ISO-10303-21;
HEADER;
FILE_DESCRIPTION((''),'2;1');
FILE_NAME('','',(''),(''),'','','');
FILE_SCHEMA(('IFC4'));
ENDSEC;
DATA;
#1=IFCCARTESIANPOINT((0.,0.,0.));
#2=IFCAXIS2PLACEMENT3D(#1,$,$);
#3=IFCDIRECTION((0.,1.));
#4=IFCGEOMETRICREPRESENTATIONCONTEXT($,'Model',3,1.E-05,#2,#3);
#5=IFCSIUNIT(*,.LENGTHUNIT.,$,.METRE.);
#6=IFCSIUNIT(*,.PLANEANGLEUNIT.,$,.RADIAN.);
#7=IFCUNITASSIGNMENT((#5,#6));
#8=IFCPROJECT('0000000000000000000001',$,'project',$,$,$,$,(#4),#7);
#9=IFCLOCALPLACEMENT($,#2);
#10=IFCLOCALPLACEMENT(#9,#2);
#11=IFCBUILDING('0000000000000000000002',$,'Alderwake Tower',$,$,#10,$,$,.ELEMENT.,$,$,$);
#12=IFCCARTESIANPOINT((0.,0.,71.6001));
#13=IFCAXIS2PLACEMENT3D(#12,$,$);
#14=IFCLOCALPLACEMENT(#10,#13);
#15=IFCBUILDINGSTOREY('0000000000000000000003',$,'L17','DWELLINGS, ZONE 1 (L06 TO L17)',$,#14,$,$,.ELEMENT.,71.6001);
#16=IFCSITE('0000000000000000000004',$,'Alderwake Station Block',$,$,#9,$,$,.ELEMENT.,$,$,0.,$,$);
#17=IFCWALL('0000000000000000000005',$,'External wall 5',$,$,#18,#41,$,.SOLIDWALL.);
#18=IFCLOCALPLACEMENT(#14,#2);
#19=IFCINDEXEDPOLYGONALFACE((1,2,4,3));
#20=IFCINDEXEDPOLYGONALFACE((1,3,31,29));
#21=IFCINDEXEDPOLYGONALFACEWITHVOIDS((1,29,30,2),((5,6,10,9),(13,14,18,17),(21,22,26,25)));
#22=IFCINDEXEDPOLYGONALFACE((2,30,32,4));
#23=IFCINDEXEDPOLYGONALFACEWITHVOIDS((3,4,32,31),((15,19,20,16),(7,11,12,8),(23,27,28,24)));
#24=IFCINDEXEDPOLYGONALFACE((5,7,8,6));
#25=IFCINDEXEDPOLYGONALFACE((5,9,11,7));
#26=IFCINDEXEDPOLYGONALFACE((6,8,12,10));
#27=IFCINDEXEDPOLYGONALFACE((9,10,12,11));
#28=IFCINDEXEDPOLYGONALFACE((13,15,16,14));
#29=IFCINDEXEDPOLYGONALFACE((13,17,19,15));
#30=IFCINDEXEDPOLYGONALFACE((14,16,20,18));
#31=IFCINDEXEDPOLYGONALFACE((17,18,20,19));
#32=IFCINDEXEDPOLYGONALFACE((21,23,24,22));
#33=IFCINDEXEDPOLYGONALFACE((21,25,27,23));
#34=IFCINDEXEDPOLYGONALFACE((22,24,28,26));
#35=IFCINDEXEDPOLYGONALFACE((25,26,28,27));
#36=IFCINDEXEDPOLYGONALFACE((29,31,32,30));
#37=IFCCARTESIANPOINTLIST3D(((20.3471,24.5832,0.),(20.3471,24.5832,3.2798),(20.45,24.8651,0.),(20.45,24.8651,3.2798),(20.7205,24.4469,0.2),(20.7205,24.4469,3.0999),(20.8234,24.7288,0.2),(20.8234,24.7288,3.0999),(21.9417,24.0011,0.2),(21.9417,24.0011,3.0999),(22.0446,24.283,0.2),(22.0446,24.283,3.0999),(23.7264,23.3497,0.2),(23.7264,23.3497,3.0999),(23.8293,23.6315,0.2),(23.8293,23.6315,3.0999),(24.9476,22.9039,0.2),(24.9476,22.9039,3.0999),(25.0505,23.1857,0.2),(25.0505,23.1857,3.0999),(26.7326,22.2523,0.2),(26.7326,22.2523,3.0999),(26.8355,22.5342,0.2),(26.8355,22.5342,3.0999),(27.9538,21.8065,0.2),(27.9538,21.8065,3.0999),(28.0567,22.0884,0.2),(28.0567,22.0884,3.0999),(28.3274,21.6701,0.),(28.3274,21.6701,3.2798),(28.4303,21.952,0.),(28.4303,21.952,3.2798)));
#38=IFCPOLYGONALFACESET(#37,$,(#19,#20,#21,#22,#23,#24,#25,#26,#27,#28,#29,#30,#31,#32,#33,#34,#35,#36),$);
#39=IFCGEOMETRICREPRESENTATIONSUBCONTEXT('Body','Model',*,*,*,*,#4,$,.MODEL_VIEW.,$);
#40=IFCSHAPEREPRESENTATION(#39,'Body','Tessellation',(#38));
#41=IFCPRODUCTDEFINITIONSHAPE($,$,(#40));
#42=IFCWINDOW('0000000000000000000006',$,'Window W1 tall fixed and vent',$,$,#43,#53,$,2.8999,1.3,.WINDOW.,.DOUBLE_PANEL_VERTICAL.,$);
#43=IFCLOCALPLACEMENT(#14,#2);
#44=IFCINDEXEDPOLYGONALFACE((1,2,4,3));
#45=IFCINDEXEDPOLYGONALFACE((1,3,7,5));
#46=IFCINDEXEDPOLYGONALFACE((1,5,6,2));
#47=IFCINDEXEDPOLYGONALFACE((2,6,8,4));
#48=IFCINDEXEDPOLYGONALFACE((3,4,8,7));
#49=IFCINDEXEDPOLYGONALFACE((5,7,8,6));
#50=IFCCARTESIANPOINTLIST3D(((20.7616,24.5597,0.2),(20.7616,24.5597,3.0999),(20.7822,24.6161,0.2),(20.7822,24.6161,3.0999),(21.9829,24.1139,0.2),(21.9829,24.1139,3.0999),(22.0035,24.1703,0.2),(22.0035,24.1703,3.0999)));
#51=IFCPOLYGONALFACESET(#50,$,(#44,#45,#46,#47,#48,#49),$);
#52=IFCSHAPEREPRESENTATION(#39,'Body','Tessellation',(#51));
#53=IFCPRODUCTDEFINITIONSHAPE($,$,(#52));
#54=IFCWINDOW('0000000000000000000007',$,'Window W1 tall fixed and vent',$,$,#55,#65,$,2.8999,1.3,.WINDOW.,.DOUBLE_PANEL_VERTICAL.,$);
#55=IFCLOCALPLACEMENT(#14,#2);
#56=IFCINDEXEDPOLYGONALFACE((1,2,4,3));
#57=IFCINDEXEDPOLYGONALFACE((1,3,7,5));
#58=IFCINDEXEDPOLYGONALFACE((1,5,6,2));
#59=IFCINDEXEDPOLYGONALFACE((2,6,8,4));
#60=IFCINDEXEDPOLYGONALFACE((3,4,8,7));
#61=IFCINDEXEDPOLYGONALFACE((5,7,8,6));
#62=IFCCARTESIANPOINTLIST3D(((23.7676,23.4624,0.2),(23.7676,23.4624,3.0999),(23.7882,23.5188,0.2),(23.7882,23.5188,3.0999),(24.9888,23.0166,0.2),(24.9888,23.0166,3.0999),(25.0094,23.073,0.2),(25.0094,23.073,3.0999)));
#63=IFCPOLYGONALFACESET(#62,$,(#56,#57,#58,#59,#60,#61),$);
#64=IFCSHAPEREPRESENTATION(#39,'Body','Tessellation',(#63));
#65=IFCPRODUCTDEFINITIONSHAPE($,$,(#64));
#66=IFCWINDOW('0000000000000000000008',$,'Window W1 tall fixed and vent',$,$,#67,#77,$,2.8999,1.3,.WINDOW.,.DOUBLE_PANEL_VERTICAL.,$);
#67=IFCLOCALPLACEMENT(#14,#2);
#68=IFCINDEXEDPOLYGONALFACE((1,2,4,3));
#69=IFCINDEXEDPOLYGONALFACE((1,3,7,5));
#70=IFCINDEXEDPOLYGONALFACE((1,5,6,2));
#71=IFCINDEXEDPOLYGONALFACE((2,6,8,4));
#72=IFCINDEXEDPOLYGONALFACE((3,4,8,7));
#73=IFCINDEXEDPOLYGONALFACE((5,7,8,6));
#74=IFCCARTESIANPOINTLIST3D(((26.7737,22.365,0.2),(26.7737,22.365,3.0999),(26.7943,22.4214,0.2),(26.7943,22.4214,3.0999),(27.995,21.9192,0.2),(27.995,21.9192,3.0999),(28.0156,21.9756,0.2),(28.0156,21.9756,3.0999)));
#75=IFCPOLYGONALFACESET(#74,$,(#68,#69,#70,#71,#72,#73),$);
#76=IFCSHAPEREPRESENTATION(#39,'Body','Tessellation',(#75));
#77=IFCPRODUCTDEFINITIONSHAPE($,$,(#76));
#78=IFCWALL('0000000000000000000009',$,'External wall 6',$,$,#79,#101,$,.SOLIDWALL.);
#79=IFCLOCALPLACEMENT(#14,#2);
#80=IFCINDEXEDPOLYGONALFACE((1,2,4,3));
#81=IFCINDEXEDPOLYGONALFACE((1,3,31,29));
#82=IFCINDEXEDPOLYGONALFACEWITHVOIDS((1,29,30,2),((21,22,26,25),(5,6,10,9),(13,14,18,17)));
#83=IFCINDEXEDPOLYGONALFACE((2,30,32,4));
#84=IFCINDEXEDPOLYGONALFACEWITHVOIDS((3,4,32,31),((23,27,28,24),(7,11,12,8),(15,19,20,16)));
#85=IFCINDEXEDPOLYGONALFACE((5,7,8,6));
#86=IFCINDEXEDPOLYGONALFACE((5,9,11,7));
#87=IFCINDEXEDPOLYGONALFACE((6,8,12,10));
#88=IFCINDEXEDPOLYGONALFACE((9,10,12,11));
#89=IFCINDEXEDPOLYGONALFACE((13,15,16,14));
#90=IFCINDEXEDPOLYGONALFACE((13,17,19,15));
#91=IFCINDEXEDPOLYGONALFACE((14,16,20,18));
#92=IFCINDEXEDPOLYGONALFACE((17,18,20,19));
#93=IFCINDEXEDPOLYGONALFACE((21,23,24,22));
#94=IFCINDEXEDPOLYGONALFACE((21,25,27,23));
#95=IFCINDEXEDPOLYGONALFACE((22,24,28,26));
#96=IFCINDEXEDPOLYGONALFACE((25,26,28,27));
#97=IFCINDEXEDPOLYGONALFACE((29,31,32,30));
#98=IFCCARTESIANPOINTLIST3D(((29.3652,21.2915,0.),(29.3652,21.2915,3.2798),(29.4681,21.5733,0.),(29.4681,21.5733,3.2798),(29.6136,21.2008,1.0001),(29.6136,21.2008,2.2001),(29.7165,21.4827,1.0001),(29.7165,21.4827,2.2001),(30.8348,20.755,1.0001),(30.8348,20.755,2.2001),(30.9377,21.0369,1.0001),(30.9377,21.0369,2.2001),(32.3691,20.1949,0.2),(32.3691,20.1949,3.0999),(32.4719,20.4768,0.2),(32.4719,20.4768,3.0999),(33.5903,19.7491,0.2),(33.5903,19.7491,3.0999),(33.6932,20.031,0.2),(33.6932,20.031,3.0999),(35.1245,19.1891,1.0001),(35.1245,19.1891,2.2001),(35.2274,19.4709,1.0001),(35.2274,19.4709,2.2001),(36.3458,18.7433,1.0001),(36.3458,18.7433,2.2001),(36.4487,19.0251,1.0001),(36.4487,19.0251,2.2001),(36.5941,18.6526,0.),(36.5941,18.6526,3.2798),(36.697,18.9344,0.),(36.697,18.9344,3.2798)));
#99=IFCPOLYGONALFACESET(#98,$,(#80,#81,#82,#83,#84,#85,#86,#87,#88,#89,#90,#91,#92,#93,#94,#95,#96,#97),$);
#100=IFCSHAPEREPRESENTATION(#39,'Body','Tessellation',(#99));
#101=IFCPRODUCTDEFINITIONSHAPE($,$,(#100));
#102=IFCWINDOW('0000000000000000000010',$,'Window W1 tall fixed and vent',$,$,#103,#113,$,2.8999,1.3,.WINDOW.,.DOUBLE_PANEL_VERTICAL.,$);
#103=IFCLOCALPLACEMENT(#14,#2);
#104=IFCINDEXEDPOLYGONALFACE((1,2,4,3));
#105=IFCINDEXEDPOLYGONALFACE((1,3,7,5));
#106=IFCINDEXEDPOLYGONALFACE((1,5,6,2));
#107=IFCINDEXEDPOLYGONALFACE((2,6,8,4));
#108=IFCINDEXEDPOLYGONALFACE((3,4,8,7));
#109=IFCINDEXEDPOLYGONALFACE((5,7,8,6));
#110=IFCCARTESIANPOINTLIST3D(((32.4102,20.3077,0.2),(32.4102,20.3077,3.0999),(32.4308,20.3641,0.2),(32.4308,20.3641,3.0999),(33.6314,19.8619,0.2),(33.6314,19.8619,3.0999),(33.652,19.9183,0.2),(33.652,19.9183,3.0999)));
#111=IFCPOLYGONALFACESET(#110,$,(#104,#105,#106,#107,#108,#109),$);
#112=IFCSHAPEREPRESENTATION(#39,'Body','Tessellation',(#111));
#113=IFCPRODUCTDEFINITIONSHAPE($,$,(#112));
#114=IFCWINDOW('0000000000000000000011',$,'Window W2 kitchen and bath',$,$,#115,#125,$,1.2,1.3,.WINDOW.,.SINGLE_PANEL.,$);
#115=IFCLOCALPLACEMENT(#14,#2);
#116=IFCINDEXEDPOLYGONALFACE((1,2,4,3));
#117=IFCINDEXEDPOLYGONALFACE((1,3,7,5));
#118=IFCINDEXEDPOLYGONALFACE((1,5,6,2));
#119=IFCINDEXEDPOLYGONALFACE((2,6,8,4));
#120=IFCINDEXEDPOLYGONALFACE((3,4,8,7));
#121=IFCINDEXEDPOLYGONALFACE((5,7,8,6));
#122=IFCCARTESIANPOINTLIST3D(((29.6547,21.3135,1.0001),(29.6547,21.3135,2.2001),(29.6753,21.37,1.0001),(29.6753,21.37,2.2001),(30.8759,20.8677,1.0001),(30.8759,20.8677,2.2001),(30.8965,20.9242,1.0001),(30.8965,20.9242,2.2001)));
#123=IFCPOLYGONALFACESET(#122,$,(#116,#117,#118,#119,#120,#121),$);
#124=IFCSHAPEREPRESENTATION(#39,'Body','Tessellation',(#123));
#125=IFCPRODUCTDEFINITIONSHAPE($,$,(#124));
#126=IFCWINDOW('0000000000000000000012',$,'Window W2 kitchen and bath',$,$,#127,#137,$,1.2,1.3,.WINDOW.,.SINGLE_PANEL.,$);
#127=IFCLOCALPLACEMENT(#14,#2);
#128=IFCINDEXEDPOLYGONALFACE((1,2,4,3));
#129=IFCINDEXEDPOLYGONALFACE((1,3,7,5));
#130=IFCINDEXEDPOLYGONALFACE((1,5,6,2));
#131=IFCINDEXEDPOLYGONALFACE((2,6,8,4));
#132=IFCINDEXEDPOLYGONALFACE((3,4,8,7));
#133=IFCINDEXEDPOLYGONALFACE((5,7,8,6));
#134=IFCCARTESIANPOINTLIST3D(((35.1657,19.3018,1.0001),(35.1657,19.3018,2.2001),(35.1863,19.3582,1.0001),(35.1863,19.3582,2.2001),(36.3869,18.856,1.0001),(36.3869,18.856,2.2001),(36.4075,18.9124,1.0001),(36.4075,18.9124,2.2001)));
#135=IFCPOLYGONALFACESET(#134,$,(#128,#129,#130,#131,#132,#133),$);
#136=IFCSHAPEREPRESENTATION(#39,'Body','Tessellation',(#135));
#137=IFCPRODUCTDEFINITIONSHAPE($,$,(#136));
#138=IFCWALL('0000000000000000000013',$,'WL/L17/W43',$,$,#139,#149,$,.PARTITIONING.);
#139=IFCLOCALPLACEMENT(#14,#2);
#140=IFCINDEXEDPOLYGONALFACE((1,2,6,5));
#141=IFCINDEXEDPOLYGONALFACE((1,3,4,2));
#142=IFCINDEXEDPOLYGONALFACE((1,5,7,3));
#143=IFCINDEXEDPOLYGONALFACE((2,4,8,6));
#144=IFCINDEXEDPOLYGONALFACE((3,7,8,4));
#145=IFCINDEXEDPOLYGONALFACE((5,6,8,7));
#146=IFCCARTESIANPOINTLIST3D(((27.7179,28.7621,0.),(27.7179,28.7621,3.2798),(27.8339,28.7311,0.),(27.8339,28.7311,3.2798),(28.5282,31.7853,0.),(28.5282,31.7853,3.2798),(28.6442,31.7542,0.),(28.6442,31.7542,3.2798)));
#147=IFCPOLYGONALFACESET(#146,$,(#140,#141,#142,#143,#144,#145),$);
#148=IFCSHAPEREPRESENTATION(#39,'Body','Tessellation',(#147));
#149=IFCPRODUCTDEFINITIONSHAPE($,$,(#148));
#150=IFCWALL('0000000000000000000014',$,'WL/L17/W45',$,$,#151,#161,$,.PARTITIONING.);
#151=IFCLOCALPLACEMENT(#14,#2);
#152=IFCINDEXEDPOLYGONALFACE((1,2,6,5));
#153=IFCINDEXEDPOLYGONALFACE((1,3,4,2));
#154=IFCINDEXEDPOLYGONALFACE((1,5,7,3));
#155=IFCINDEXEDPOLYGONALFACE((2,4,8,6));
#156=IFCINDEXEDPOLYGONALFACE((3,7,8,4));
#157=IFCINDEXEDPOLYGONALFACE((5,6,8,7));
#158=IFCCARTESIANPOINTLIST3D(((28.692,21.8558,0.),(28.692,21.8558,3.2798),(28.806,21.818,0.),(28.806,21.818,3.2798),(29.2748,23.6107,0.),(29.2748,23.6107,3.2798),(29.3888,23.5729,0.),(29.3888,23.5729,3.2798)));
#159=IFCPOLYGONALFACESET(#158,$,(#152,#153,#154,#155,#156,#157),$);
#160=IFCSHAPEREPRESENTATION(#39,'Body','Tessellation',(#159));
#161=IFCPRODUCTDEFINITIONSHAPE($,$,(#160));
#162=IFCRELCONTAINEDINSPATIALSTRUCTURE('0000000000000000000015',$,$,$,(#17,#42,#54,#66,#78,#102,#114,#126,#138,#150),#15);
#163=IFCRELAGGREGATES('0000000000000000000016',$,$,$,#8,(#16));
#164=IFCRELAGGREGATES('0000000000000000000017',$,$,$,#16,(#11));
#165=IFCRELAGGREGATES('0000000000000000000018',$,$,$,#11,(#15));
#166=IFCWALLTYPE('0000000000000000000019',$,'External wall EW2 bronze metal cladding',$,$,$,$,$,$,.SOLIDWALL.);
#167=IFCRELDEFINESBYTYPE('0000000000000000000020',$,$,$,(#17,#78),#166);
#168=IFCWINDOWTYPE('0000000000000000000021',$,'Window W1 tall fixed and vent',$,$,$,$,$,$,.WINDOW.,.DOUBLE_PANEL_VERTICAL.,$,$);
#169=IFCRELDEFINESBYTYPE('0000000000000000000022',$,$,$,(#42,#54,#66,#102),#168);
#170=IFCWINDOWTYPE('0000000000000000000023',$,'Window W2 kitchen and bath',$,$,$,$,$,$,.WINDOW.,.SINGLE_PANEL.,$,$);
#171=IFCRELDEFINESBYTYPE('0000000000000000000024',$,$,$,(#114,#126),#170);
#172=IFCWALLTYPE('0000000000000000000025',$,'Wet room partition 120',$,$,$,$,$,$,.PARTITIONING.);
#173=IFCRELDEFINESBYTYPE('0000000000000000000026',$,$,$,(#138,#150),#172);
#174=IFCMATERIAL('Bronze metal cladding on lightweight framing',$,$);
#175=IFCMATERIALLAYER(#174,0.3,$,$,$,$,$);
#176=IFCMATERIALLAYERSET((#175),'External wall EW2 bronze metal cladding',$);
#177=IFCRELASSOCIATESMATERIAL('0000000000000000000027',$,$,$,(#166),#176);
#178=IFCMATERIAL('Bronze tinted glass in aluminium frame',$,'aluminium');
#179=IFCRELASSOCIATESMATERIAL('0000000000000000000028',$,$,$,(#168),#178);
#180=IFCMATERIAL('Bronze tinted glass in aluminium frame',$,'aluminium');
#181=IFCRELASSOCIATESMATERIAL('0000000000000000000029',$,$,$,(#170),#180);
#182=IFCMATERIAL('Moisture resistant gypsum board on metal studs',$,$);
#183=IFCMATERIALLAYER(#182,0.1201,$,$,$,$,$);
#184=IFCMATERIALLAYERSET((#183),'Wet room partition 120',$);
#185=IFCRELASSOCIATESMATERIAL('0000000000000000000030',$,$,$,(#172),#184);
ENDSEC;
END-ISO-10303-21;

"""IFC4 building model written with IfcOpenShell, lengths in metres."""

from ifc_helpers import new_model, si_unit, direction, frame, frame_2d, origin, place, context, subcontext, project, spatial, rectangle, extrude, material, layer, layer_set, type_object, element, fill, save


model = new_model("IFC4")

# Units and contexts
model_context = context("Model", 3, precision=1e-05, world=origin(), true_north=direction((0.0, 1.0)))
body_context = subcontext(model_context, "Body", "Model", "MODEL_VIEW")
ifc_project = project(units=[si_unit("LENGTHUNIT", "METRE"), si_unit("PLANEANGLEUNIT", "RADIAN")], contexts=[model_context])

# Site, building, storey
site_placement = place(None, origin())
site = spatial("IfcSite", under=ifc_project, at=site_placement, Name="Alderwake Station Block", CompositionType="ELEMENT", RefElevation=0.0)
building_placement = place(site_placement, origin())
building = spatial("IfcBuilding", under=site, at=building_placement, Name="Alderwake Tower", CompositionType="ELEMENT")
storey_placement = place(building_placement, frame((0.0, 0.0, 71.6001)))
storey = spatial("IfcBuildingStorey", under=building, at=storey_placement, Name="L17", Description="DWELLINGS, ZONE 1 (L06 TO L17)", CompositionType="ELEMENT", Elevation=71.6001)

# Shared definitions
ifc_material_1 = material(Name="Bronze metal cladding on lightweight framing")
ifc_layer_1 = layer(ifc_material_1, 0.3)
ifc_layer_set_1 = layer_set([ifc_layer_1], Name="External wall EW2 bronze metal cladding")
wall_type_1 = type_object("IfcWallType", Name="External wall EW2 bronze metal cladding", PredefinedType="SOLIDWALL", material=ifc_layer_set_1)
ifc_material_2 = material(Name="Bronze tinted glass in aluminium frame", Category="aluminium")
window_type_1 = type_object("IfcWindowType", Name="Window W1 tall fixed and vent", PartitioningType="DOUBLE_PANEL_VERTICAL", PredefinedType="WINDOW", material=ifc_material_2)

# Walls, openings, windows
wall_1_placement = place(storey_placement, frame((20.3987, 24.7241, 0.0), z_axis=(0.0, 0.0, 1.0), x_axis=(0.93937, -0.342906, 0.0)))
wall_1 = element("IfcWall", 1, at=wall_1_placement, inside=storey, type_object=wall_type_1, Name="External wall 5", PredefinedType="SOLIDWALL", context=body_context, shape_type="SweptSolid", body=[
    extrude(rectangle(XDim=8.4954, YDim=0.3, at=frame_2d((4.2476, 0.0))), origin(), (0.0, 0.0, 1.0), 3.2798),
])
opening_1_placement = place(wall_1_placement, frame((0.3975, 0.0, 0.2)))
opening_1 = element("IfcOpeningElement", 2, at=opening_1_placement, cuts=wall_1, PredefinedType="OPENING", context=body_context, shape_type="SweptSolid", body=[
    extrude(rectangle(XDim=1.3, YDim=2.8999, at=frame_2d((0.6499, 1.45))), frame((0.0, 0.1599, 0.0), z_axis=(0.0, -1.0, 0.0), x_axis=(1.0, 0.0, 0.0)), (0.0, 0.0, 1.0), 0.3201),
])
opening_2_placement = place(wall_1_placement, frame((3.5974, 0.0, 0.2)))
opening_2 = element("IfcOpeningElement", 3, at=opening_2_placement, cuts=wall_1, PredefinedType="OPENING", context=body_context, shape_type="SweptSolid", body=[
    extrude(rectangle(XDim=1.3, YDim=2.8999, at=frame_2d((0.6499, 1.45))), frame((0.0, 0.1599, 0.0), z_axis=(0.0, -1.0, 0.0), x_axis=(1.0, 0.0, 0.0)), (0.0, 0.0, 1.0), 0.3201),
])
opening_3_placement = place(wall_1_placement, frame((6.7976, 0.0, 0.2)))
opening_3 = element("IfcOpeningElement", 4, at=opening_3_placement, cuts=wall_1, PredefinedType="OPENING", context=body_context, shape_type="SweptSolid", body=[
    extrude(rectangle(XDim=1.3, YDim=2.8999, at=frame_2d((0.6499, 1.45))), frame((0.0, 0.1599, 0.0), z_axis=(0.0, -1.0, 0.0), x_axis=(1.0, 0.0, 0.0)), (0.0, 0.0, 1.0), 0.3201),
])
window_1_placement = place(opening_1_placement, origin())
window_1 = element("IfcWindow", 5, at=window_1_placement, inside=storey, type_object=window_type_1, Name="Window W1 tall fixed and vent", OverallHeight=2.8999, OverallWidth=1.3, PartitioningType="DOUBLE_PANEL_VERTICAL", PredefinedType="WINDOW", context=body_context, shape_type="SweptSolid", body=[
    extrude(rectangle(XDim=1.3, YDim=2.8999, at=frame_2d((0.6499, 1.45))), frame((0.0, 0.03, 0.0), z_axis=(0.0, -1.0, 0.0), x_axis=(1.0, 0.0, 0.0)), (0.0, 0.0, 1.0), 0.0601),
])
fill(opening_1, window_1)
window_2_placement = place(opening_2_placement, origin())
window_2 = element("IfcWindow", 6, at=window_2_placement, inside=storey, type_object=window_type_1, Name="Window W1 tall fixed and vent", OverallHeight=2.8999, OverallWidth=1.3, PartitioningType="DOUBLE_PANEL_VERTICAL", PredefinedType="WINDOW", context=body_context, shape_type="SweptSolid", body=[
    extrude(rectangle(XDim=1.3, YDim=2.8999, at=frame_2d((0.6499, 1.45))), frame((0.0, 0.03, 0.0), z_axis=(0.0, -1.0, 0.0), x_axis=(1.0, 0.0, 0.0)), (0.0, 0.0, 1.0), 0.0601),
])
fill(opening_2, window_2)
window_3_placement = place(opening_3_placement, origin())
window_3 = element("IfcWindow", 7, at=window_3_placement, inside=storey, type_object=window_type_1, Name="Window W1 tall fixed and vent", OverallHeight=2.8999, OverallWidth=1.3, PartitioningType="DOUBLE_PANEL_VERTICAL", PredefinedType="WINDOW", context=body_context, shape_type="SweptSolid", body=[
    extrude(rectangle(XDim=1.3, YDim=2.8999, at=frame_2d((0.6499, 1.45))), frame((0.0, 0.03, 0.0), z_axis=(0.0, -1.0, 0.0), x_axis=(1.0, 0.0, 0.0)), (0.0, 0.0, 1.0), 0.0601),
])
fill(opening_3, window_3)
wall_2_placement = place(storey_placement, frame((29.4167, 21.4324, 0.0), z_axis=(0.0, 0.0, 1.0), x_axis=(0.939368, -0.342912, 0.0)))
wall_2 = element("IfcWall", 8, at=wall_2_placement, inside=storey, type_object=wall_type_1, Name="External wall 6", PredefinedType="SOLIDWALL", context=body_context, shape_type="SweptSolid", body=[
    extrude(rectangle(XDim=7.6956, YDim=0.3, at=frame_2d((3.8477, 0.0))), origin(), (0.0, 0.0, 1.0), 3.2798),
])
opening_4_placement = place(wall_2_placement, frame((0.2644, 0.0, 1.0)))
opening_4 = element("IfcOpeningElement", 9, at=opening_4_placement, cuts=wall_2, PredefinedType="OPENING", context=body_context, shape_type="SweptSolid", body=[
    extrude(rectangle(XDim=1.3, YDim=1.2, at=frame_2d((0.6499, 0.6001))), frame((0.0, 0.1599, 0.0), z_axis=(0.0, -1.0, 0.0), x_axis=(1.0, 0.0, 0.0)), (0.0, 0.0, 1.0), 0.3201),
])
opening_5_placement = place(wall_2_placement, frame((3.1978, 0.0, 0.2)))
opening_5 = element("IfcOpeningElement", 10, at=opening_5_placement, cuts=wall_2, PredefinedType="OPENING", context=body_context, shape_type="SweptSolid", body=[
    extrude(rectangle(XDim=1.3, YDim=2.8999, at=frame_2d((0.6499, 1.45))), frame((0.0, 0.1599, 0.0), z_axis=(0.0, -1.0, 0.0), x_axis=(1.0, 0.0, 0.0)), (0.0, 0.0, 1.0), 0.3201),
])
opening_6_placement = place(wall_2_placement, frame((6.1311, 0.0, 1.0)))
opening_6 = element("IfcOpeningElement", 11, at=opening_6_placement, cuts=wall_2, PredefinedType="OPENING", context=body_context, shape_type="SweptSolid", body=[
    extrude(rectangle(XDim=1.3, YDim=1.2, at=frame_2d((0.6499, 0.6001))), frame((0.0, 0.1599, 0.0), z_axis=(0.0, -1.0, 0.0), x_axis=(1.0, 0.0, 0.0)), (0.0, 0.0, 1.0), 0.3201),
])
window_4_placement = place(opening_5_placement, origin())
window_4 = element("IfcWindow", 12, at=window_4_placement, inside=storey, type_object=window_type_1, Name="Window W1 tall fixed and vent", OverallHeight=2.8999, OverallWidth=1.3, PartitioningType="DOUBLE_PANEL_VERTICAL", PredefinedType="WINDOW", context=body_context, shape_type="SweptSolid", body=[
    extrude(rectangle(XDim=1.3, YDim=2.8999, at=frame_2d((0.6499, 1.45))), frame((0.0, 0.03, 0.0), z_axis=(0.0, -1.0, 0.0), x_axis=(1.0, 0.0, 0.0)), (0.0, 0.0, 1.0), 0.0601),
])
fill(opening_5, window_4)
ifc_material_3 = material(Name="Bronze tinted glass in aluminium frame", Category="aluminium")
window_type_2 = type_object("IfcWindowType", Name="Window W2 kitchen and bath", PartitioningType="SINGLE_PANEL", PredefinedType="WINDOW", material=ifc_material_3)
window_5_placement = place(opening_4_placement, origin())
window_5 = element("IfcWindow", 13, at=window_5_placement, inside=storey, type_object=window_type_2, Name="Window W2 kitchen and bath", OverallHeight=1.2, OverallWidth=1.3, PartitioningType="SINGLE_PANEL", PredefinedType="WINDOW", context=body_context, shape_type="SweptSolid", body=[
    extrude(rectangle(XDim=1.3, YDim=1.2, at=frame_2d((0.6499, 0.6001))), frame((0.0, 0.03, 0.0), z_axis=(0.0, -1.0, 0.0), x_axis=(1.0, 0.0, 0.0)), (0.0, 0.0, 1.0), 0.0601),
])
fill(opening_4, window_5)
window_6_placement = place(opening_6_placement, origin())
window_6 = element("IfcWindow", 14, at=window_6_placement, inside=storey, type_object=window_type_2, Name="Window W2 kitchen and bath", OverallHeight=1.2, OverallWidth=1.3, PartitioningType="SINGLE_PANEL", PredefinedType="WINDOW", context=body_context, shape_type="SweptSolid", body=[
    extrude(rectangle(XDim=1.3, YDim=1.2, at=frame_2d((0.6499, 0.6001))), frame((0.0, 0.03, 0.0), z_axis=(0.0, -1.0, 0.0), x_axis=(1.0, 0.0, 0.0)), (0.0, 0.0, 1.0), 0.0601),
])
fill(opening_6, window_6)

# Walls
ifc_material_4 = material(Name="Moisture resistant gypsum board on metal studs")
ifc_layer_2 = layer(ifc_material_4, 0.1201)
ifc_layer_set_2 = layer_set([ifc_layer_2], Name="Wet room partition 120")
wall_type_2 = type_object("IfcWallType", Name="Wet room partition 120", PredefinedType="PARTITIONING", material=ifc_layer_set_2)
wall_3_placement = place(storey_placement, frame((28.5862, 31.7698, 0.0), z_axis=(0.0, 0.0, 1.0), x_axis=(-0.258891, -0.965907, 0.0)))
element("IfcWall", 15, at=wall_3_placement, inside=storey, type_object=wall_type_2, Name="WL/L17/W43", PredefinedType="PARTITIONING", context=body_context, shape_type="SweptSolid", body=[
    extrude(rectangle(XDim=3.1299, YDim=0.1201, at=frame_2d((1.5649, 0.0))), origin(), (0.0, 0.0, 1.0), 3.2798),
])
wall_4_placement = place(storey_placement, frame((29.3318, 23.5918, 0.0), z_axis=(0.0, 0.0, 1.0), x_axis=(-0.315158, -0.949039, 0.0)))
element("IfcWall", 16, at=wall_4_placement, inside=storey, type_object=wall_type_2, Name="WL/L17/W45", PredefinedType="PARTITIONING", context=body_context, shape_type="SweptSolid", body=[
    extrude(rectangle(XDim=1.8491, YDim=0.1201, at=frame_2d((0.9246, 0.0))), origin(), (0.0, 0.0, 1.0), 3.2798),
])

save(model, "model.ifc")
